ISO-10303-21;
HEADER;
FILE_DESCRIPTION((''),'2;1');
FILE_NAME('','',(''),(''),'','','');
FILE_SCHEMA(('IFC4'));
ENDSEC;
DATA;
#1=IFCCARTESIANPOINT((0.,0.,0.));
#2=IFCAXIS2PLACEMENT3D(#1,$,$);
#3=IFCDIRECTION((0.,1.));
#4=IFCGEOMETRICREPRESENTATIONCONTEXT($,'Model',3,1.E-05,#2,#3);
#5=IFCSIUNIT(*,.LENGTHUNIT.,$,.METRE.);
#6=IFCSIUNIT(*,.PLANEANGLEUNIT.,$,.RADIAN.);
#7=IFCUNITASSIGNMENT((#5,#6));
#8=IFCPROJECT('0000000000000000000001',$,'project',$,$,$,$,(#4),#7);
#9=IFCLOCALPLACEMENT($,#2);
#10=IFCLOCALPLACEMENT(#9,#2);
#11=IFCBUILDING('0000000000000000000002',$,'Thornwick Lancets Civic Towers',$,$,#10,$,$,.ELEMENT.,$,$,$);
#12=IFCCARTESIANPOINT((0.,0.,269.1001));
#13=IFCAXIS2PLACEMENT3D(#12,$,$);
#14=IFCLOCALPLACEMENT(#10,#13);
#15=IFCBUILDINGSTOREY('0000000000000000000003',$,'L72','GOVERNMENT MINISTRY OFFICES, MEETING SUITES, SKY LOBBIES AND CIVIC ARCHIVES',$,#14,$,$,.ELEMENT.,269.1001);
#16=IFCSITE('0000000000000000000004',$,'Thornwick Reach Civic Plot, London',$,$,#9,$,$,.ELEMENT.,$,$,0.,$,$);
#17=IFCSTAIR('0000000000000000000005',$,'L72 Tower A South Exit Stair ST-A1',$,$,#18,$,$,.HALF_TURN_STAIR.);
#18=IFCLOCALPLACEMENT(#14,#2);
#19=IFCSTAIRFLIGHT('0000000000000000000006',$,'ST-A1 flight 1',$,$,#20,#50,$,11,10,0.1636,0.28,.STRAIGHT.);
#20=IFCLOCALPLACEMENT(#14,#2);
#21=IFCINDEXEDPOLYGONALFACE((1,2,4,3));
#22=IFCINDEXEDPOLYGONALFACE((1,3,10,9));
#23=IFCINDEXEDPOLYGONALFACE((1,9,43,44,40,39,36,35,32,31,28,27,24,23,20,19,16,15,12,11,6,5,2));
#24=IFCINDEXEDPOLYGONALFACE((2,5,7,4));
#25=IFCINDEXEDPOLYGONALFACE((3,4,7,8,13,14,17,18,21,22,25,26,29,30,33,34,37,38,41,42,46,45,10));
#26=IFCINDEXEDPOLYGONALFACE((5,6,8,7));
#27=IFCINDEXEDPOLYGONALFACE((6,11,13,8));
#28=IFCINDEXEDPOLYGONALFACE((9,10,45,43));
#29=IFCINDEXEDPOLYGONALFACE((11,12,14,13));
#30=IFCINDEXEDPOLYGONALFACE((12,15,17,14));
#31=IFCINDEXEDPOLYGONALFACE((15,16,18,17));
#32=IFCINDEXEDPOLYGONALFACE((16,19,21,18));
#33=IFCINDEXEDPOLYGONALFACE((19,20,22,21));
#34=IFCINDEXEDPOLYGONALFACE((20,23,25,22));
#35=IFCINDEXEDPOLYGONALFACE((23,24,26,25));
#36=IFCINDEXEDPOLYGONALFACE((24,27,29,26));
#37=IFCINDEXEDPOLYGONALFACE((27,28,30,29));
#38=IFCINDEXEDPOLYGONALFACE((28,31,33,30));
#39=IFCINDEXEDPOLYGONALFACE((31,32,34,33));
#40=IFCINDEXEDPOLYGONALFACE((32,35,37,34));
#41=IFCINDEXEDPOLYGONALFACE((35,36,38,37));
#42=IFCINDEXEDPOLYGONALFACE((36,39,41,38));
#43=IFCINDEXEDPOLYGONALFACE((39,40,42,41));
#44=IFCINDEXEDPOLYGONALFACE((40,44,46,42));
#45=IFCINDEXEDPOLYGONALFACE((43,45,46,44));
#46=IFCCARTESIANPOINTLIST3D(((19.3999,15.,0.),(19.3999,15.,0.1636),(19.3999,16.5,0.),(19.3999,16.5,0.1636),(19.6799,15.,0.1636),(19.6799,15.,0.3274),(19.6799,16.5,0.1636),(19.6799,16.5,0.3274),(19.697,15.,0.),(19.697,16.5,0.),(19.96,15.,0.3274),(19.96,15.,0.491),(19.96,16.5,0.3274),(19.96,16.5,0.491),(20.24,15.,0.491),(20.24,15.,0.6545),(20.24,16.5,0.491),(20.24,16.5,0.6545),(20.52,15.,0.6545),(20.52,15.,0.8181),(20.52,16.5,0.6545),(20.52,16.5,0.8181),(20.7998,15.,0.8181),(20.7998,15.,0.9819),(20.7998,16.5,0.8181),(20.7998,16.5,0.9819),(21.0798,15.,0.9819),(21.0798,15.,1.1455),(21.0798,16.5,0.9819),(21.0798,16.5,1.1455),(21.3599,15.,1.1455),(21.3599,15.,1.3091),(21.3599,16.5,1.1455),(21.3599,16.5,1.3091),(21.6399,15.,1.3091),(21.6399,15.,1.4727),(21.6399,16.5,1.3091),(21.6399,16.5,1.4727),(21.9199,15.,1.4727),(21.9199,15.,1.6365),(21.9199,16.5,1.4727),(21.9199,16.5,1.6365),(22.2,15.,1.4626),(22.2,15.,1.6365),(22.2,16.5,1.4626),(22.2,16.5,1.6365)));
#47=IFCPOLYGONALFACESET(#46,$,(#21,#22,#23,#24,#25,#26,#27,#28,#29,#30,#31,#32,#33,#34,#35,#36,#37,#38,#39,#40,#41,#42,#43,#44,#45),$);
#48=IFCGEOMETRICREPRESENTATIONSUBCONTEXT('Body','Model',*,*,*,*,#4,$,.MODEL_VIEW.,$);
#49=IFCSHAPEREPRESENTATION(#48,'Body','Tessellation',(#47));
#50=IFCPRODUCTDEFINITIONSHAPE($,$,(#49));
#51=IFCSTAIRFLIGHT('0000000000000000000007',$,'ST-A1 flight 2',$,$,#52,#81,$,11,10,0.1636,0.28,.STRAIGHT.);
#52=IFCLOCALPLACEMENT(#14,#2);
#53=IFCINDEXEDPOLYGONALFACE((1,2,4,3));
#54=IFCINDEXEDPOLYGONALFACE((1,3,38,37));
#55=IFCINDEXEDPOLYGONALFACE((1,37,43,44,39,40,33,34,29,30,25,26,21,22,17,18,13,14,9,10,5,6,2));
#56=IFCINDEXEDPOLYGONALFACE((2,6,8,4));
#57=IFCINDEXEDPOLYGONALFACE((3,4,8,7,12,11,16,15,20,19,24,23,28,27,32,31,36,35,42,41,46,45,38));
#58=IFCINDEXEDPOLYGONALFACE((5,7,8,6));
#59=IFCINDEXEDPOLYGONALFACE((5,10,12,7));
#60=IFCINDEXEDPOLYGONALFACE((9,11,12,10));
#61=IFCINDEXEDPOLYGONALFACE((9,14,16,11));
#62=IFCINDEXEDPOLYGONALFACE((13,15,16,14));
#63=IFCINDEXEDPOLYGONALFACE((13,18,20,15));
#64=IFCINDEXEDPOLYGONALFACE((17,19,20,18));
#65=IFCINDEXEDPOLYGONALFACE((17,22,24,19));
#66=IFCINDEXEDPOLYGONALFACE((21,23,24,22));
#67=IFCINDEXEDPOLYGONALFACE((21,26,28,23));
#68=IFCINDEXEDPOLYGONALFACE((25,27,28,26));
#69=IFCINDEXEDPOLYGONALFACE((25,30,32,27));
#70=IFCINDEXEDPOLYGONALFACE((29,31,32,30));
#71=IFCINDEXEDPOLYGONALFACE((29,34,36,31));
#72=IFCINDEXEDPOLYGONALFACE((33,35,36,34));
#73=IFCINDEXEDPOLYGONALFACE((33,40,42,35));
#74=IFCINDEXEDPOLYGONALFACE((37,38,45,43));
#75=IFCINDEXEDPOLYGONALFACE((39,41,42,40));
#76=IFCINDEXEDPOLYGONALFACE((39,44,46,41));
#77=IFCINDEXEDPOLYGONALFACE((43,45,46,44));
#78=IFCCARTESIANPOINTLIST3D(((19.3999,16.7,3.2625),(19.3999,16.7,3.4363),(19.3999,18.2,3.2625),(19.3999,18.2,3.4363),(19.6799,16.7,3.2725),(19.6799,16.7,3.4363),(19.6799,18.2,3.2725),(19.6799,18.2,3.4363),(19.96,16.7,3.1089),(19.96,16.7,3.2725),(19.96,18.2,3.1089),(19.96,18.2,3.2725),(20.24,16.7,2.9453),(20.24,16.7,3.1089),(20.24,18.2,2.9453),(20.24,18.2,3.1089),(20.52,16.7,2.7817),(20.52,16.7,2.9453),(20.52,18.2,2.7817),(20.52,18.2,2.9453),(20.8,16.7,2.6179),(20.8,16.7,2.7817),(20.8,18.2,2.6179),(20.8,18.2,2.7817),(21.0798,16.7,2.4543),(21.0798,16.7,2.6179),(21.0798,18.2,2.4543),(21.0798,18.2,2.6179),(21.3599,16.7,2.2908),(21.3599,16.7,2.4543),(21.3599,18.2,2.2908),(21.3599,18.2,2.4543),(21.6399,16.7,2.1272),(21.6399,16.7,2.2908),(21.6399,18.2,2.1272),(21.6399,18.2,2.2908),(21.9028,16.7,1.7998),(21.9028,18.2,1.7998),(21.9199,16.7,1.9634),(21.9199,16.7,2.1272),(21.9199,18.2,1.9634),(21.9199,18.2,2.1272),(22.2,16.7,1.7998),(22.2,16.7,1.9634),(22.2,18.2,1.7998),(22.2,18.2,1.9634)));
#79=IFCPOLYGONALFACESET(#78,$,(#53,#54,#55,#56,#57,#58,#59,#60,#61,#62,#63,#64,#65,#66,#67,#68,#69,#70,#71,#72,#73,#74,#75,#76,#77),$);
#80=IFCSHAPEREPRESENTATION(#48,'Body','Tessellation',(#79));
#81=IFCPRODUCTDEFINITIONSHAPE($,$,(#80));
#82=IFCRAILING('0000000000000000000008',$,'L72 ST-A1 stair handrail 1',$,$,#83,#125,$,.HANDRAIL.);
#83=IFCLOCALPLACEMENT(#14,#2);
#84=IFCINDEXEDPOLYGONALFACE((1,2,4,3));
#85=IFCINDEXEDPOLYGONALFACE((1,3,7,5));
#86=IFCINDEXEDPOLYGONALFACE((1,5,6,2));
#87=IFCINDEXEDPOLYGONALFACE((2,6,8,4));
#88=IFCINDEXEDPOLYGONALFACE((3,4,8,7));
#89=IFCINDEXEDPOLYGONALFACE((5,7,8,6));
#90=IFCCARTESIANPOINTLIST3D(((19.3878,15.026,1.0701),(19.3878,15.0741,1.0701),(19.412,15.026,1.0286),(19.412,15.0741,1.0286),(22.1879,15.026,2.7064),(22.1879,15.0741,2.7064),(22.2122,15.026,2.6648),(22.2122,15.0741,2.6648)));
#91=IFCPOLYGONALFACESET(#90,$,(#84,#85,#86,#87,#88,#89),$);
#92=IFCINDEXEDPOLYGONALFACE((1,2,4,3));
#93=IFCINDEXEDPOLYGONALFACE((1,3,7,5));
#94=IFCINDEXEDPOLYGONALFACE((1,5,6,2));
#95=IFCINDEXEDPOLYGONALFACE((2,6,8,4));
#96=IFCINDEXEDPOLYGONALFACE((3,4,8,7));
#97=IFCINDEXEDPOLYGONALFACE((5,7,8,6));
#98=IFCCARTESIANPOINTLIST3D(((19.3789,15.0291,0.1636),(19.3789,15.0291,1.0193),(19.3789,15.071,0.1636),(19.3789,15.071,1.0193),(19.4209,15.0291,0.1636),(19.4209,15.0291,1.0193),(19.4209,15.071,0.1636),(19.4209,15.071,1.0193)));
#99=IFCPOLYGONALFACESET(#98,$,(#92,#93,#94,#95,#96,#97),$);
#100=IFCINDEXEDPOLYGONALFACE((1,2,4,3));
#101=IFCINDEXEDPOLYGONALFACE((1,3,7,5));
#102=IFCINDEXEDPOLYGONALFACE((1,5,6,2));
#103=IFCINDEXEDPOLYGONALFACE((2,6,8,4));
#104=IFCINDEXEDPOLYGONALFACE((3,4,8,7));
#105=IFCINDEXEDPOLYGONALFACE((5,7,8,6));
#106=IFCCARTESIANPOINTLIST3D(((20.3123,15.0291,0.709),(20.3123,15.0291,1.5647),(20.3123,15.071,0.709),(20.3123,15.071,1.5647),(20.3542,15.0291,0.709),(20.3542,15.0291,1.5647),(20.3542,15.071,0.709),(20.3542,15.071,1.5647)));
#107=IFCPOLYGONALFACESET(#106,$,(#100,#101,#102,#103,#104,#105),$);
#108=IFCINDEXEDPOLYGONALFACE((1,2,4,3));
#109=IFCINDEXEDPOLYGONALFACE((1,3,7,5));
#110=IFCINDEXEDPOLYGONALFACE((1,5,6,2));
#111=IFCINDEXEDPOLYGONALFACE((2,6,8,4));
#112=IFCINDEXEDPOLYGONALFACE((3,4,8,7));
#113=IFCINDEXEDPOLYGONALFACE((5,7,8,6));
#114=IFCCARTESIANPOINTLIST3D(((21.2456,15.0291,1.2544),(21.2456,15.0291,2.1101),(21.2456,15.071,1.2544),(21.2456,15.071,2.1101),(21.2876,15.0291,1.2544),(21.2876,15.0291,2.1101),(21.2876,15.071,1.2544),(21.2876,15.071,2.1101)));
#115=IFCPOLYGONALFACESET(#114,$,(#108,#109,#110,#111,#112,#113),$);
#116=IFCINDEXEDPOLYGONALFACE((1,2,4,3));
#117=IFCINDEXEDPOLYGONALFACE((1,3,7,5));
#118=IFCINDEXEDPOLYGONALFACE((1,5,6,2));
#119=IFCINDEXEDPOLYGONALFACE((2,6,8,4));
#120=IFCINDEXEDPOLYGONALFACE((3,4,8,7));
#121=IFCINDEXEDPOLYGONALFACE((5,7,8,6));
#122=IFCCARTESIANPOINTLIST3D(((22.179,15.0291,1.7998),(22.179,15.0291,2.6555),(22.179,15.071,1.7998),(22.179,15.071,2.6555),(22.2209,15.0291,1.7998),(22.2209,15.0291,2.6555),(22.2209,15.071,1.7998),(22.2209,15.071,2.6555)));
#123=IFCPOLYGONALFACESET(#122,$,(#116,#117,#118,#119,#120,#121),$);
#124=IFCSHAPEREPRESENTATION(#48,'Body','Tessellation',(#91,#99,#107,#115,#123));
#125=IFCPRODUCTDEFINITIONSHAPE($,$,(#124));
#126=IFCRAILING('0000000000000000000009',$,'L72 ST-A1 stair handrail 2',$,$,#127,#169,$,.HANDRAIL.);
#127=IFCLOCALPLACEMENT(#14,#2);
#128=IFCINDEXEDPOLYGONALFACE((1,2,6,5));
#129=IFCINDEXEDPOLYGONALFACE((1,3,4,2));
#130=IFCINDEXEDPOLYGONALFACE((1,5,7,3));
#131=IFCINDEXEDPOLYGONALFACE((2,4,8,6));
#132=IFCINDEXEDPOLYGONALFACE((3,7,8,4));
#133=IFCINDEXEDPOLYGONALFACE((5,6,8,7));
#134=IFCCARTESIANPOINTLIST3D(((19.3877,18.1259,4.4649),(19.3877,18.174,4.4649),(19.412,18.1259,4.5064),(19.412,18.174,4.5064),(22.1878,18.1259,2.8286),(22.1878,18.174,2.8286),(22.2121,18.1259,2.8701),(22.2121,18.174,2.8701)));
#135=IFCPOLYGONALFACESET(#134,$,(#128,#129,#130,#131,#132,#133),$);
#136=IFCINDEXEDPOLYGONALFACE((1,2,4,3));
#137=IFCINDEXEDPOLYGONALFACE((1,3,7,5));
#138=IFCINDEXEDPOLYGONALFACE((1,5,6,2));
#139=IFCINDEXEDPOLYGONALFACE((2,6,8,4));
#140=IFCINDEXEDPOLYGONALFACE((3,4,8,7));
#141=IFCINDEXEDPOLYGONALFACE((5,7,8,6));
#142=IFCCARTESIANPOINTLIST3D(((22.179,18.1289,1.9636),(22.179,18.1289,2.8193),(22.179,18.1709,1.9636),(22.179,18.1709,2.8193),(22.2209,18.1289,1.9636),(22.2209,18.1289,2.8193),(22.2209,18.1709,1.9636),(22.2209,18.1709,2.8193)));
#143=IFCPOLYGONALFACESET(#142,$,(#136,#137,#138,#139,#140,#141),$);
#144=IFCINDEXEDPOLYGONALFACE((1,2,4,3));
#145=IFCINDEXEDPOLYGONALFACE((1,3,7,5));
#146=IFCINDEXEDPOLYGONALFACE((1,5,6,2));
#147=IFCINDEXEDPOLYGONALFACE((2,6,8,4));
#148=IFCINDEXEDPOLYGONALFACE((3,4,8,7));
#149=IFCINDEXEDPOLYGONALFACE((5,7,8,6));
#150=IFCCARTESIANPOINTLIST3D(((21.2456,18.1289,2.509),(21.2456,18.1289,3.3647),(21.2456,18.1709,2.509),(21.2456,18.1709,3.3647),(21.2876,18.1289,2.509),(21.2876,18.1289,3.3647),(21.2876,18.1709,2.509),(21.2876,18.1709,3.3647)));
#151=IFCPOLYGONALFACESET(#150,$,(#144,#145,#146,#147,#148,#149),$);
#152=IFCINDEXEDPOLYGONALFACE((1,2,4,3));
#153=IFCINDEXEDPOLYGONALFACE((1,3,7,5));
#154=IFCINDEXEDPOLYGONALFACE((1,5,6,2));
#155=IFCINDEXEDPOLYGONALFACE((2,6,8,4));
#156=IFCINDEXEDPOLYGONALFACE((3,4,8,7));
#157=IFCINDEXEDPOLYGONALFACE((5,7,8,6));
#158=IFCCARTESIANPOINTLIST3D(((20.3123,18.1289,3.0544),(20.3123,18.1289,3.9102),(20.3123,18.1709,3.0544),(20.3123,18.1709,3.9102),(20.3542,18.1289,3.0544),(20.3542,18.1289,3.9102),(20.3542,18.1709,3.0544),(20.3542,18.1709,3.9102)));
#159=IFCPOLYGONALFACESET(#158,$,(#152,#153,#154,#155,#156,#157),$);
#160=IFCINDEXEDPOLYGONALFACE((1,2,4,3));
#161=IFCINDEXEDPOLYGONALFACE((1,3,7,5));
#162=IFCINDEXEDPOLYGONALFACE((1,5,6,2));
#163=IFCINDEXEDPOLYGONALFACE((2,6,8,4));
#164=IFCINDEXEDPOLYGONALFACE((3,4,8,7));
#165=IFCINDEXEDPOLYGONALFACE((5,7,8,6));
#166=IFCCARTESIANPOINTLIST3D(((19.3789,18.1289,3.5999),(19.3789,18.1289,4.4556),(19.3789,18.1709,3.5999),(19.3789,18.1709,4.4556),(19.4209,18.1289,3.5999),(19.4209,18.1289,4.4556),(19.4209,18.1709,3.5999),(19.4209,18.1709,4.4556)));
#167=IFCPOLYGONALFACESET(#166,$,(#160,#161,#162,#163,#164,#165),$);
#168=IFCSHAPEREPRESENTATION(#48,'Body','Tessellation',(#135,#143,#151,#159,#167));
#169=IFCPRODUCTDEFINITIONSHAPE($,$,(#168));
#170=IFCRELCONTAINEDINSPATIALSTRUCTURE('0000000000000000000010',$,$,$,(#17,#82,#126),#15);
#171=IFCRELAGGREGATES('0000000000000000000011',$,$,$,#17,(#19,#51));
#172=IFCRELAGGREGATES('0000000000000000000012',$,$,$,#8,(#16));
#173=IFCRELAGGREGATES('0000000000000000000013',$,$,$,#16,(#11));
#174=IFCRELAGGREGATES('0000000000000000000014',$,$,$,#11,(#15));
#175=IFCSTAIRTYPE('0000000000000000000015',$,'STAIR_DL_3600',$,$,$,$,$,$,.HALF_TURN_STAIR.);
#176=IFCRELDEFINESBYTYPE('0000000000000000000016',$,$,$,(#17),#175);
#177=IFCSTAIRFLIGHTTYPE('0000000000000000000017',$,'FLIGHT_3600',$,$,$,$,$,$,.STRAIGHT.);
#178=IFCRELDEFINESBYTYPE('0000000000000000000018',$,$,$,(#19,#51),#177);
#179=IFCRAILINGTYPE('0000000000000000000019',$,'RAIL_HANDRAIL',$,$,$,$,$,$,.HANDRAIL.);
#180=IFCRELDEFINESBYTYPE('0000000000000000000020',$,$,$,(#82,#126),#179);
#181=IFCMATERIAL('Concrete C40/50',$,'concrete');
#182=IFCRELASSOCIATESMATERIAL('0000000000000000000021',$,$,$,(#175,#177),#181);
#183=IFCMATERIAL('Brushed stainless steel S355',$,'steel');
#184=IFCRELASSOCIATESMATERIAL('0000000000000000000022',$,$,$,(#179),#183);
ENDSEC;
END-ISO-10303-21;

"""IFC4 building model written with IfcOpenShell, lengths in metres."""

from ifc_helpers import new_model, si_unit, direction, frame, origin, origin_2d, place, context, subcontext, project, spatial, polyline, rectangle, outline, extrude, material, type_object, element, aggregate, save


model = new_model("IFC4")

# Units and contexts
model_context = context("Model", 3, precision=1e-05, world=origin(), true_north=direction((0.0, 1.0)))
body_context = subcontext(model_context, "Body", "Model", "MODEL_VIEW")
ifc_project = project(units=[si_unit("LENGTHUNIT", "METRE"), si_unit("PLANEANGLEUNIT", "RADIAN")], contexts=[model_context])

# Site, building, storey
site_placement = place(None, origin())
site = spatial("IfcSite", under=ifc_project, at=site_placement, Name="Thornwick Reach Civic Plot, London", CompositionType="ELEMENT", RefElevation=0.0)
building_placement = place(site_placement, origin())
building = spatial("IfcBuilding", under=site, at=building_placement, Name="Thornwick Lancets Civic Towers", CompositionType="ELEMENT")
storey_placement = place(building_placement, frame((0.0, 0.0, 269.1001)))
storey = spatial("IfcBuildingStorey", under=building, at=storey_placement, Name="L72", Description="GOVERNMENT MINISTRY OFFICES, MEETING SUITES, SKY LOBBIES AND CIVIC ARCHIVES", CompositionType="ELEMENT", Elevation=269.1001)

# Shared definitions
ifc_material_1 = material(Name="Concrete C40/50", Category="concrete")

# Stair, stair flights
stair_type = type_object("IfcStairType", Name="STAIR_DL_3600", PredefinedType="HALF_TURN_STAIR", material=ifc_material_1)
stair_placement = place(storey_placement, origin())
stair = element("IfcStair", 1, at=stair_placement, inside=storey, type_object=stair_type, Name="L72 Tower A South Exit Stair ST-A1", PredefinedType="HALF_TURN_STAIR")
stair_flight_type = type_object("IfcStairFlightType", Name="FLIGHT_3600", PredefinedType="STRAIGHT", material=ifc_material_1)
stair_flight_1_placement = place(storey_placement, frame((19.3999, 15.75, 0.0), z_axis=(0.0, 0.0, 1.0), x_axis=(1.0, 0.0, 0.0)))
stair_flight_1 = element("IfcStairFlight", 2, at=stair_flight_1_placement, type_object=stair_flight_type, Name="ST-A1 flight 1", NumberOfRisers=11, NumberOfTreads=10, PredefinedType="STRAIGHT", RiserHeight=0.1636, TreadLength=0.28, context=body_context, shape_type="SweptSolid", body=[
    extrude(outline(polyline([(0.0, 0.0), (0.0, 0.1636), (0.28, 0.1636), (0.28, 0.3274), (0.5601, 0.3274), (0.5601, 0.491), (0.8401, 0.491), (0.8401, 0.6545), (1.1201, 0.6545), (1.1201, 0.8181), (1.3999, 0.8181), (1.3999, 0.9819), (1.6799, 0.9819), (1.6799, 1.1455), (1.96, 1.1455), (1.96, 1.3091), (2.24, 1.3091), (2.24, 1.4727), (2.52, 1.4727), (2.52, 1.6365), (2.8, 1.6365), (2.8, 1.8), (2.8, 1.4626), (0.2971, 0.0), (0.0, 0.0)])), frame((0.0, 0.75, 0.0), z_axis=(0.0, -1.0, 0.0), x_axis=(1.0, 0.0, 0.0)), (0.0, 0.0, 1.0), 1.5),
])
stair_flight_2_placement = place(storey_placement, frame((22.2, 17.45, 1.7998), z_axis=(0.0, 0.0, 1.0), x_axis=(-1.0, 0.0, 0.0)))
stair_flight_2 = element("IfcStairFlight", 3, at=stair_flight_2_placement, type_object=stair_flight_type, Name="ST-A1 flight 2", NumberOfRisers=11, NumberOfTreads=10, PredefinedType="STRAIGHT", RiserHeight=0.1636, TreadLength=0.28, context=body_context, shape_type="SweptSolid", body=[
    extrude(outline(polyline([(0.0, 0.0), (0.0, 0.1636), (0.28, 0.1636), (0.28, 0.3274), (0.5601, 0.3274), (0.5601, 0.491), (0.8401, 0.491), (0.8401, 0.6545), (1.1201, 0.6545), (1.1201, 0.8181), (1.3999, 0.8181), (1.3999, 0.9819), (1.6799, 0.9819), (1.6799, 1.1455), (1.96, 1.1455), (1.96, 1.3091), (2.24, 1.3091), (2.24, 1.4727), (2.52, 1.4727), (2.52, 1.6365), (2.8, 1.6365), (2.8, 1.8), (2.8, 1.4626), (0.2971, 0.0), (0.0, 0.0)])), frame((0.0, 0.75, 0.0), z_axis=(0.0, -1.0, 0.0), x_axis=(1.0, 0.0, 0.0)), (0.0, 0.0, 1.0), 1.5),
])
aggregate(stair, [stair_flight_1, stair_flight_2])

# Railings
ifc_material_2 = material(Name="Brushed stainless steel S355", Category="steel")
railing_type_1 = type_object("IfcRailingType", Name="RAIL_HANDRAIL", PredefinedType="HANDRAIL", material=ifc_material_2)
railing_1_placement = place(storey_placement, frame((19.3999, 15.05, 0.1636)))
element("IfcRailing", 4, at=railing_1_placement, inside=storey, type_object=railing_type_1, Name="L72 ST-A1 stair handrail 1", PredefinedType="HANDRAIL", context=body_context, shape_type="SweptSolid", body=[
    extrude(rectangle(XDim=0.0481, YDim=0.0481, at=origin_2d()), frame((0.0, 0.0, 0.8857), z_axis=(0.863394, 0.0, 0.504531), x_axis=(0.0, 1.0, 0.0)), (0.0, 0.0, 1.0), 3.2432),
    extrude(rectangle(XDim=0.042, YDim=0.042, at=origin_2d()), origin(), (0.0, 0.0, 1.0), 0.8557),
    extrude(rectangle(XDim=0.042, YDim=0.042, at=origin_2d()), frame((0.9333, 0.0, 0.5454)), (0.0, 0.0, 1.0), 0.8557),
    extrude(rectangle(XDim=0.042, YDim=0.042, at=origin_2d()), frame((1.8667, 0.0, 1.0908)), (0.0, 0.0, 1.0), 0.8557),
    extrude(rectangle(XDim=0.042, YDim=0.042, at=origin_2d()), frame((2.8, 0.0, 1.6362)), (0.0, 0.0, 1.0), 0.8557),
])
railing_2_placement = place(storey_placement, frame((22.2, 18.1499, 1.9636)))
element("IfcRailing", 5, at=railing_2_placement, inside=storey, type_object=railing_type_1, Name="L72 ST-A1 stair handrail 2", PredefinedType="HANDRAIL", context=body_context, shape_type="SweptSolid", body=[
    extrude(rectangle(XDim=0.0481, YDim=0.0481, at=origin_2d()), frame((0.0, 0.0, 0.8857), z_axis=(-0.863394, 0.0, 0.504531), x_axis=(0.0, -1.0, 0.0)), (0.0, 0.0, 1.0), 3.2432),
    extrude(rectangle(XDim=0.042, YDim=0.042, at=origin_2d()), origin(), (0.0, 0.0, 1.0), 0.8557),
    extrude(rectangle(XDim=0.042, YDim=0.042, at=origin_2d()), frame((-0.9333, 0.0, 0.5454)), (0.0, 0.0, 1.0), 0.8557),
    extrude(rectangle(XDim=0.042, YDim=0.042, at=origin_2d()), frame((-1.8667, 0.0, 1.0908)), (0.0, 0.0, 1.0), 0.8557),
    extrude(rectangle(XDim=0.042, YDim=0.042, at=origin_2d()), frame((-2.8, 0.0, 1.6362)), (0.0, 0.0, 1.0), 0.8557),
])

save(model, "model.ifc")
